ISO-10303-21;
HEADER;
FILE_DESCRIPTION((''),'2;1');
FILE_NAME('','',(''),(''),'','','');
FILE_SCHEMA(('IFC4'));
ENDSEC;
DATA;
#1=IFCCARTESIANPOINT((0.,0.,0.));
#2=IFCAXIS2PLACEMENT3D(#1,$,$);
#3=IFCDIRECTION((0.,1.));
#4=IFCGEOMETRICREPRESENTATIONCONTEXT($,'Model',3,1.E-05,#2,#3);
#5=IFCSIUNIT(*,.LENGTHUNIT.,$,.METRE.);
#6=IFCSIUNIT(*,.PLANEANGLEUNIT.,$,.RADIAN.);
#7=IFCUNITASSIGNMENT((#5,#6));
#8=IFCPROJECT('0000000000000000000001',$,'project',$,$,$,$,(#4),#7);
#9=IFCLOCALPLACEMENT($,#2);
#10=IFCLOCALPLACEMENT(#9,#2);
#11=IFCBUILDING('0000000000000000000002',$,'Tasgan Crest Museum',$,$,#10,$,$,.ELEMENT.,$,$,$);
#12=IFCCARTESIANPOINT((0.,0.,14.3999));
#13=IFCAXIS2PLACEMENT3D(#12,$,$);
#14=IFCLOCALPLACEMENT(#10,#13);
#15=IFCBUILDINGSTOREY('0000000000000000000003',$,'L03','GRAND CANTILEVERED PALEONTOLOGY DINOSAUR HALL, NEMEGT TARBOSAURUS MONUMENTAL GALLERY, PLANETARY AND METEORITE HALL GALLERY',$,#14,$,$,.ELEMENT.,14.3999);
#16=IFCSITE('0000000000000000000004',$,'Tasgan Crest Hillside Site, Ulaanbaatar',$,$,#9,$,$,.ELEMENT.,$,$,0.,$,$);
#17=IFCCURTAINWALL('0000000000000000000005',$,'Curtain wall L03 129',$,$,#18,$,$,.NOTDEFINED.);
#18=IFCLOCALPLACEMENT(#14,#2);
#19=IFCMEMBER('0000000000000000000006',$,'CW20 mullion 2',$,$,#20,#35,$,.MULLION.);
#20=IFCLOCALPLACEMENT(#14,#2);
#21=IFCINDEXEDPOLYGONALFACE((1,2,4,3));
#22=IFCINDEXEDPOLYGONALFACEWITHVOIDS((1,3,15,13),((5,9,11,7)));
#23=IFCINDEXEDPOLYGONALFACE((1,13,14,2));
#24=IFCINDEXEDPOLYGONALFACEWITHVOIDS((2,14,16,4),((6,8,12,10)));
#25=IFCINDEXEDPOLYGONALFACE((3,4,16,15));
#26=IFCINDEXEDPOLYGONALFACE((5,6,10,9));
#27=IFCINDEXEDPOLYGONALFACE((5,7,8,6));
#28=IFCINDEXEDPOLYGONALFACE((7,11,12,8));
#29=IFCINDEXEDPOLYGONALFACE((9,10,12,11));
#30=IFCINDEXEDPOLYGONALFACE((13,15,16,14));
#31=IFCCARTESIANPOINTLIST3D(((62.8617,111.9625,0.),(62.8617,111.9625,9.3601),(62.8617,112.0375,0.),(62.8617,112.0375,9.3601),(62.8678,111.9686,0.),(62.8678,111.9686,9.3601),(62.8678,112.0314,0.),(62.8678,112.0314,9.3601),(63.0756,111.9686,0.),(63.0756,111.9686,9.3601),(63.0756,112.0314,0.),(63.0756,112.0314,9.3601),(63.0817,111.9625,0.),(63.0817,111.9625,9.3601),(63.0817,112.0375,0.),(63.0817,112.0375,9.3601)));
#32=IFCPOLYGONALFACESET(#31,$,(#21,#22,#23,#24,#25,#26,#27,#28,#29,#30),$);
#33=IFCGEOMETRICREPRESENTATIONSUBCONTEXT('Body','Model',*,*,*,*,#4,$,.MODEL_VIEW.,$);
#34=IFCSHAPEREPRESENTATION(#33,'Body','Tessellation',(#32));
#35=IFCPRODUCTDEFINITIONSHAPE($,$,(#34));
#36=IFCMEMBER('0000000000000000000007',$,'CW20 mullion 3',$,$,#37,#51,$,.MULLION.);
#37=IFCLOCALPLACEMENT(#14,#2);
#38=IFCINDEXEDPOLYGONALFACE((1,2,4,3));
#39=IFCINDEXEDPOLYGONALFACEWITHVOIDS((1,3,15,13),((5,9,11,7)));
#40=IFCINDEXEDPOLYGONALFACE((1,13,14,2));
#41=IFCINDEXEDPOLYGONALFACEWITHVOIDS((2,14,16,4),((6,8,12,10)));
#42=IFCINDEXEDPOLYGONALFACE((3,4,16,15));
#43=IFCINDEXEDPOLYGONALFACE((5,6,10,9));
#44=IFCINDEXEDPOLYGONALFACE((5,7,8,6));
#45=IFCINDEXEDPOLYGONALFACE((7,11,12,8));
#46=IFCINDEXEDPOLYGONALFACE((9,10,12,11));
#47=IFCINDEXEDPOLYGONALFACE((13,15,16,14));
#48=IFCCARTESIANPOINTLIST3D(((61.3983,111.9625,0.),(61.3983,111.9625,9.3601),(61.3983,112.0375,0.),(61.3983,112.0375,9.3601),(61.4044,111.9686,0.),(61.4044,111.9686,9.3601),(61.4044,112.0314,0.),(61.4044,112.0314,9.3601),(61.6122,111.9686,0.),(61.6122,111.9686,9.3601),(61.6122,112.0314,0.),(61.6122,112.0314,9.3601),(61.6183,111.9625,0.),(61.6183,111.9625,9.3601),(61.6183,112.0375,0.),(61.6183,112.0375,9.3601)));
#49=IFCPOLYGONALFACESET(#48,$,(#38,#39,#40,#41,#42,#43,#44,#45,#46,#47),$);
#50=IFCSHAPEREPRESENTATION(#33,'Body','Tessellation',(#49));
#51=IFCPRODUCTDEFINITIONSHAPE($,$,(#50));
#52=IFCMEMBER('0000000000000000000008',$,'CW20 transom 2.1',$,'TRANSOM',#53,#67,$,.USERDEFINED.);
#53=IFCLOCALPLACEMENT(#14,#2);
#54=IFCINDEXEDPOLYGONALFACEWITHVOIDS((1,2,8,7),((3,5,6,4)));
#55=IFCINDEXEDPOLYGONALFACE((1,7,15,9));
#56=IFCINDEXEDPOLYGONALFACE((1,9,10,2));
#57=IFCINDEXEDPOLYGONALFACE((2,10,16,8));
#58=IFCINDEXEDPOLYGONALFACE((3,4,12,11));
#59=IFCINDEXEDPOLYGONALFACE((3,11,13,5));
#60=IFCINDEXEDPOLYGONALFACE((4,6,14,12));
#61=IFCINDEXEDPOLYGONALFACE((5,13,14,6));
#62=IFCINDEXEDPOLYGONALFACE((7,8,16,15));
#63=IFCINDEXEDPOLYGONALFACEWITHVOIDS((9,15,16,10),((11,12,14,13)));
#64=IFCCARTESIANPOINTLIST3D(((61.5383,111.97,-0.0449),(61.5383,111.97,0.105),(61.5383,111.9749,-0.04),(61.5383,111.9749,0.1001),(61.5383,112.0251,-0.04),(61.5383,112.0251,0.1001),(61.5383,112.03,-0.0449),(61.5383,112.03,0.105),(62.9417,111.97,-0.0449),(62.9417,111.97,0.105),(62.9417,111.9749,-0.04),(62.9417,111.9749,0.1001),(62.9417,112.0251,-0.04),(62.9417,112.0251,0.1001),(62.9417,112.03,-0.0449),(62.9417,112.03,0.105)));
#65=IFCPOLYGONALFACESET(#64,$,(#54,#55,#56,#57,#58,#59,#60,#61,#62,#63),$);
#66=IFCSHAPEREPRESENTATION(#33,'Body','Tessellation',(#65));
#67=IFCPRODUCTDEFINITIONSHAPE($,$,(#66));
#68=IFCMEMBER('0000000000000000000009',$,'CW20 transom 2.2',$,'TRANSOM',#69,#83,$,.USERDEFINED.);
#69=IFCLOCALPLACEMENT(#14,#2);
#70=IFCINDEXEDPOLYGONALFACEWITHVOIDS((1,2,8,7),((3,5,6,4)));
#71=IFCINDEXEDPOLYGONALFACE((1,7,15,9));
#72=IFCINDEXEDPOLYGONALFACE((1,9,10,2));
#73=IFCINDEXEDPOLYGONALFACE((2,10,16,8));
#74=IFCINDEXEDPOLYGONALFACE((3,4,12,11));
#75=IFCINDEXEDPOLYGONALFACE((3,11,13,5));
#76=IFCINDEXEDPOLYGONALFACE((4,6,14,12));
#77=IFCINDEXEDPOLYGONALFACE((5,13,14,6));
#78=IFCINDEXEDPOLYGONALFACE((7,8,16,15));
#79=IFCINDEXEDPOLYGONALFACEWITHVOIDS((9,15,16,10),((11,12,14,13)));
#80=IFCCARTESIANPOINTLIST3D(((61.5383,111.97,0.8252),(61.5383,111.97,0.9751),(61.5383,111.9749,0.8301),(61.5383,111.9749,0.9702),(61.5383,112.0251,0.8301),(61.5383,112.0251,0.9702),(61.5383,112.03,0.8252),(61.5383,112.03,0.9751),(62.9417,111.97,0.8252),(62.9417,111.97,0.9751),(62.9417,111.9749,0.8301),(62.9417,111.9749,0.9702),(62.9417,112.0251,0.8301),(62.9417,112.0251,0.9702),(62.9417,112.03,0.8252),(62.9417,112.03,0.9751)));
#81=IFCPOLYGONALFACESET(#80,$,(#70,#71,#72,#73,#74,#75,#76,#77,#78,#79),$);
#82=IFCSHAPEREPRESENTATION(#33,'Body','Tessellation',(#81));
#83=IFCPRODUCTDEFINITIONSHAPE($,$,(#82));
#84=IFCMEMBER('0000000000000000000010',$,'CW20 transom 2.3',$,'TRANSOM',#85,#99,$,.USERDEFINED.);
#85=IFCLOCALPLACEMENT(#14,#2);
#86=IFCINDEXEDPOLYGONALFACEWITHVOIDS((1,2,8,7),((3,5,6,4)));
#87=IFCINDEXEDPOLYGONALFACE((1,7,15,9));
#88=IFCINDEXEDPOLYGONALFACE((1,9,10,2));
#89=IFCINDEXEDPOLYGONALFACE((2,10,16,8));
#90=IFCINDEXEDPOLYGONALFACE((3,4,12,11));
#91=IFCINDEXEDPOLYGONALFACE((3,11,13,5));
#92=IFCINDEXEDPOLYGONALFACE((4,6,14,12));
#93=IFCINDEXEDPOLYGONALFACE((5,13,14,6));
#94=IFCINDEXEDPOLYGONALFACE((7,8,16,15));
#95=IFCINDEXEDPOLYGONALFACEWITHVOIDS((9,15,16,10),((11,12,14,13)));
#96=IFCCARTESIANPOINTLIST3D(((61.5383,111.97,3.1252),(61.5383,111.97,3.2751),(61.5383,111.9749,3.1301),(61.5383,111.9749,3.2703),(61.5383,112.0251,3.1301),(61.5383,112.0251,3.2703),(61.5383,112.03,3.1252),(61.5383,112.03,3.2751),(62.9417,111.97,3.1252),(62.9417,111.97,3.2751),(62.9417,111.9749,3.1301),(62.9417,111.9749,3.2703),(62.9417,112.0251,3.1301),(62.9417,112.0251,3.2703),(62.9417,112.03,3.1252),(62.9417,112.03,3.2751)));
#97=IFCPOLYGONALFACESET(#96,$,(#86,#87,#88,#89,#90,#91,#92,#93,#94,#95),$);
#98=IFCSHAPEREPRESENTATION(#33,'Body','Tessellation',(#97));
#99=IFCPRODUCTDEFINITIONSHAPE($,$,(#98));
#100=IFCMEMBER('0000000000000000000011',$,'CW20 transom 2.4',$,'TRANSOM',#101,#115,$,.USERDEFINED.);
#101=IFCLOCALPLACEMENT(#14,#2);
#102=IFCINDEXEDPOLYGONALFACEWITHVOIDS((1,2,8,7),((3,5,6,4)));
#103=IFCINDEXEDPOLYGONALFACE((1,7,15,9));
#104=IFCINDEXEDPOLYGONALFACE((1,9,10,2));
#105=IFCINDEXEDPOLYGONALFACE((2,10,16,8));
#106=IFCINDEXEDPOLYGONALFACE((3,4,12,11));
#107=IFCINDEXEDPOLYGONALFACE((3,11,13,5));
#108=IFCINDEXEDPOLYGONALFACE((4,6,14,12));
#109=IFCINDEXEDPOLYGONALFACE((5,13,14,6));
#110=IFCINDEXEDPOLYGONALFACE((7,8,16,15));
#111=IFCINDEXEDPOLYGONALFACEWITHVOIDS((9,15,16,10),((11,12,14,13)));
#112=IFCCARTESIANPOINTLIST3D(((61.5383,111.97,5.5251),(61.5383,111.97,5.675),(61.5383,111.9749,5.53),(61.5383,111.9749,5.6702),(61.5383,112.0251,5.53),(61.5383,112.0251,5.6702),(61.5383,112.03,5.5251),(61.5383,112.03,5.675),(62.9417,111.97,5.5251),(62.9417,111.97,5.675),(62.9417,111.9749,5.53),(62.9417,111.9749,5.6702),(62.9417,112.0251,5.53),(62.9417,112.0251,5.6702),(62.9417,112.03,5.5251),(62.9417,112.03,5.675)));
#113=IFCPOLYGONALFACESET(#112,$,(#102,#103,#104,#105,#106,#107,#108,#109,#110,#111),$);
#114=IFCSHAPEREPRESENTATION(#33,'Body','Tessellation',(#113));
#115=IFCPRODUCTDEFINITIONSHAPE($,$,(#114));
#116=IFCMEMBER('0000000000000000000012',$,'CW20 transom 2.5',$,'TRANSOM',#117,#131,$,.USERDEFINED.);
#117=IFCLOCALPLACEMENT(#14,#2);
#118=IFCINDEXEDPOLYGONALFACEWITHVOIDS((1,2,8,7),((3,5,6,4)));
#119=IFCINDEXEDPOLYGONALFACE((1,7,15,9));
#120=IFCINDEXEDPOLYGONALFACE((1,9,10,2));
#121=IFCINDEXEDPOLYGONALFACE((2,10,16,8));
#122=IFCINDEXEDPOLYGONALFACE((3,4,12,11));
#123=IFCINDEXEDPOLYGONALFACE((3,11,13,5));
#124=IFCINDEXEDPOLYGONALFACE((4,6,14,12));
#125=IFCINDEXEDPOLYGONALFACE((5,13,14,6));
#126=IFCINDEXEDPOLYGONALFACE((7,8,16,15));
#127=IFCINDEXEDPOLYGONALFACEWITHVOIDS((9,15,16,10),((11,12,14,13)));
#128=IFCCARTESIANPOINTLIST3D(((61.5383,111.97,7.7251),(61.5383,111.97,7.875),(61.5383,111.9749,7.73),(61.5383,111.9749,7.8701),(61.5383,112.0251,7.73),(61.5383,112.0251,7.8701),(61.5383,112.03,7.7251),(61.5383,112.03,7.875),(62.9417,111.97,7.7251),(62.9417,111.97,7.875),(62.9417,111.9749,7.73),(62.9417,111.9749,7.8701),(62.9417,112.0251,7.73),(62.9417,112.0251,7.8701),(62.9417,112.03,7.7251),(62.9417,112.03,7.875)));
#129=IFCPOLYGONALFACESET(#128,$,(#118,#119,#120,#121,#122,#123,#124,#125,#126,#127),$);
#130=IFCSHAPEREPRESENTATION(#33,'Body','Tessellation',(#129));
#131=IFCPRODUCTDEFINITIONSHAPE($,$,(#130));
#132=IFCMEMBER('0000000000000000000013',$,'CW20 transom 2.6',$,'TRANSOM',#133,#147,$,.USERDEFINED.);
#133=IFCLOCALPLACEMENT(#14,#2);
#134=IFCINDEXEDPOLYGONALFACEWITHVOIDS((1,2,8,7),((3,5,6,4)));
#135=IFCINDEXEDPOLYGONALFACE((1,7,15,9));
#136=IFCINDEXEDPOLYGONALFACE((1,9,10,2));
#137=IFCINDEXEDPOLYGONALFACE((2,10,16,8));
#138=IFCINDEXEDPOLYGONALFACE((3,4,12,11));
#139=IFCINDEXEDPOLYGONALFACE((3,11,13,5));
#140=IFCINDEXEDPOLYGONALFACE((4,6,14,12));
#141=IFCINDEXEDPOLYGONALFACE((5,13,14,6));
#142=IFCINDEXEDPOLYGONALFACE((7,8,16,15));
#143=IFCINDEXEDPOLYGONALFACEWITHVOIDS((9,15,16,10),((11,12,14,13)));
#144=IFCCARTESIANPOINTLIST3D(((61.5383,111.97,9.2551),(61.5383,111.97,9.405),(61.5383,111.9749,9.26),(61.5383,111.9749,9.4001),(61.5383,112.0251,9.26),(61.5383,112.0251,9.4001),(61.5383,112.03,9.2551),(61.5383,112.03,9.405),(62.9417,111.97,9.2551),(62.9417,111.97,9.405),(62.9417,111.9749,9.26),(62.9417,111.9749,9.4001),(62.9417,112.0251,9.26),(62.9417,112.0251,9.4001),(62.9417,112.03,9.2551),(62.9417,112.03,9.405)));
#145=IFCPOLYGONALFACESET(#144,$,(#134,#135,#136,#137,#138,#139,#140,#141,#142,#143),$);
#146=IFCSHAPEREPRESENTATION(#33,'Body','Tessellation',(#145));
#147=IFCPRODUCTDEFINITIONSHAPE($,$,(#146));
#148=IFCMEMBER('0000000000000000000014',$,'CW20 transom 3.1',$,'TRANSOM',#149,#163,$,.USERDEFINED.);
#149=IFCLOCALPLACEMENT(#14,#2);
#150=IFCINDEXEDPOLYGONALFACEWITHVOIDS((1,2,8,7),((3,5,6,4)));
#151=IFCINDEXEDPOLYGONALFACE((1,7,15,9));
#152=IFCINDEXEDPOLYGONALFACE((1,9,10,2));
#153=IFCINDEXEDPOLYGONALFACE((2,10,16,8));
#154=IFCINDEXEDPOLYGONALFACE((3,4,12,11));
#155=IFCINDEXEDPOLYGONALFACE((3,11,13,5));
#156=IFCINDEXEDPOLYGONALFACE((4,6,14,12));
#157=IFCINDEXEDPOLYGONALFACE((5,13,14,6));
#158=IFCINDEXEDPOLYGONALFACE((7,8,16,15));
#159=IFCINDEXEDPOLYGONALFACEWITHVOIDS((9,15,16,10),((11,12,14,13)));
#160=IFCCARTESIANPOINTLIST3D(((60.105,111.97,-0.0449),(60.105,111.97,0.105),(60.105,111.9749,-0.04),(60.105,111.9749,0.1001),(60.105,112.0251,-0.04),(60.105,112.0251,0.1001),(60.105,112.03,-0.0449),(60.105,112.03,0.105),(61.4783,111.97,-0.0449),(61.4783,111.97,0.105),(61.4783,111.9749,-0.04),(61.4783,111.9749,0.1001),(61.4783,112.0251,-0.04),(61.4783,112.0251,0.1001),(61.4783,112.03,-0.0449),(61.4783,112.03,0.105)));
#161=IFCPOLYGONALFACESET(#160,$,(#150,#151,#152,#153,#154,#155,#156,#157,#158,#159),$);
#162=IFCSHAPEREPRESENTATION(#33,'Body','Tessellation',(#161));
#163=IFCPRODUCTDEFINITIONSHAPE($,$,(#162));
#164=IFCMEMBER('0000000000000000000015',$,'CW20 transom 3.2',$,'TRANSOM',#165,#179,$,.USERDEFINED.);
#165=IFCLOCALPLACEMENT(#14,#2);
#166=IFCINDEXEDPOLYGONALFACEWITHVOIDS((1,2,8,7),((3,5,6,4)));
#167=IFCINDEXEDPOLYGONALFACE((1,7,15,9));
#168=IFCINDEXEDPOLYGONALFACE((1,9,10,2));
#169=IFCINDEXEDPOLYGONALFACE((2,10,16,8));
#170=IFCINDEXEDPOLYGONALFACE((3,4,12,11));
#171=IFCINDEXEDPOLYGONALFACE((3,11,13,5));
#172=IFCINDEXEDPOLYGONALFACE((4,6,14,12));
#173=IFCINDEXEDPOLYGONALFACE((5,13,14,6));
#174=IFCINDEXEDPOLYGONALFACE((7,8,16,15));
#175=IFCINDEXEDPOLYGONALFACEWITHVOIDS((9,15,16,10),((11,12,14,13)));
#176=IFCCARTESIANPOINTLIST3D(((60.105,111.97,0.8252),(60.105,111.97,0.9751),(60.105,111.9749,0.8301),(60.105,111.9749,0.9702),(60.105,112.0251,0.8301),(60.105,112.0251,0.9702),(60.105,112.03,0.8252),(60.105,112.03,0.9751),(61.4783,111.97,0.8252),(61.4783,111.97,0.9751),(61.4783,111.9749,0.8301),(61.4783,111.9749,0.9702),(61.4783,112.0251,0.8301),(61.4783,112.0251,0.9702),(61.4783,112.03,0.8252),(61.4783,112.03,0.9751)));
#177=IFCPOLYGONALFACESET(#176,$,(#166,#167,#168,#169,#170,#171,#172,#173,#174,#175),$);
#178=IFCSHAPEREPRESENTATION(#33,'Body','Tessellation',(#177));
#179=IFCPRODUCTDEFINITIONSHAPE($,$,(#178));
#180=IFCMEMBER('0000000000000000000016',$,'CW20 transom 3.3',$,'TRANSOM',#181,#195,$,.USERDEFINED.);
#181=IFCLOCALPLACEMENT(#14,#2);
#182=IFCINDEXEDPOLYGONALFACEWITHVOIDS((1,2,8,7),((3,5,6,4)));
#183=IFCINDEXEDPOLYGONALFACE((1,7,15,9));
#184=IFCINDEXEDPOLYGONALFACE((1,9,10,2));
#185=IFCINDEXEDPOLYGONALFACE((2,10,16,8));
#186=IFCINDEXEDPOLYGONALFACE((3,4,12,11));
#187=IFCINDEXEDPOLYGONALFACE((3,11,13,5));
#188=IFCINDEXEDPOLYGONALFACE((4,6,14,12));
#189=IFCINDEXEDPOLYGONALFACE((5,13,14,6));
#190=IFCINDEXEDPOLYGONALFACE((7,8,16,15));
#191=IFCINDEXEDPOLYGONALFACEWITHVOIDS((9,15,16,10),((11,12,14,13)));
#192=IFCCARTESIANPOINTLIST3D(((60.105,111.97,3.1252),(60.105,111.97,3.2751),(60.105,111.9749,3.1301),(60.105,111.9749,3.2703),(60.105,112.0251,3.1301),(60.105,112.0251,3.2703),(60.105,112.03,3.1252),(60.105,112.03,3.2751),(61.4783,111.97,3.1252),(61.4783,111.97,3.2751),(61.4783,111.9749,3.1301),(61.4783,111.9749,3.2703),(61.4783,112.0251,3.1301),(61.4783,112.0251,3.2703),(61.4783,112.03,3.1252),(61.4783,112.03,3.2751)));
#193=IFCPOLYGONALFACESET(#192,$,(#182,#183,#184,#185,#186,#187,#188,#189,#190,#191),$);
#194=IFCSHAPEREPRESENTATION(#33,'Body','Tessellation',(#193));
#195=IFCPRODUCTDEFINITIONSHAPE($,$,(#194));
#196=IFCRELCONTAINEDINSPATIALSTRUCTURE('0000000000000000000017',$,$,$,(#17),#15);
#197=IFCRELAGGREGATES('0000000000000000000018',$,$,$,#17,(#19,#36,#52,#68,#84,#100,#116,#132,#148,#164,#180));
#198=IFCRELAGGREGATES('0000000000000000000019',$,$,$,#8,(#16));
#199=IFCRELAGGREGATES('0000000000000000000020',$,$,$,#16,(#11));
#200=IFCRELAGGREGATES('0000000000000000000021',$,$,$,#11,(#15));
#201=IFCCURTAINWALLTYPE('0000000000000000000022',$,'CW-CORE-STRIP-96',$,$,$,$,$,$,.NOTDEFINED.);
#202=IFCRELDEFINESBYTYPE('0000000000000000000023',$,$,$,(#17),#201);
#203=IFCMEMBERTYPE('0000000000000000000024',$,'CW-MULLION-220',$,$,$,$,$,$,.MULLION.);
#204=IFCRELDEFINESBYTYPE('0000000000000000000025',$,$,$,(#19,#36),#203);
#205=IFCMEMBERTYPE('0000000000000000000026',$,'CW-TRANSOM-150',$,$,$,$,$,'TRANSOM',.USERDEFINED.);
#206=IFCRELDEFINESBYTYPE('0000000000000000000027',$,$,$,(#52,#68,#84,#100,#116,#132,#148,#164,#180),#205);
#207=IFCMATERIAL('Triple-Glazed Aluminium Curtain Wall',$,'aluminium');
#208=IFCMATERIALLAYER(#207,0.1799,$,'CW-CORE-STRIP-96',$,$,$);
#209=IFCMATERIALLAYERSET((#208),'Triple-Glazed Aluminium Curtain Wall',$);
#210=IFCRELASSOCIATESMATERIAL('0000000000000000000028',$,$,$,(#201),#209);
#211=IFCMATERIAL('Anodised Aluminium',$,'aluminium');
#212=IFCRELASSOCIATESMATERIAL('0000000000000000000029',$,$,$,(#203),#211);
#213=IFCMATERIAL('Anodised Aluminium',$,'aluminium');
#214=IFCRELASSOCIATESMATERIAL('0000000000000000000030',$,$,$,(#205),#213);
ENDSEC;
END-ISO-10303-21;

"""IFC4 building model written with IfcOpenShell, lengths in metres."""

from ifc_helpers import new_model, si_unit, direction, frame, origin, origin_2d, place, context, subcontext, project, spatial, hollow_rectangle, extrude, material, layer, layer_set, material_profile, profile_set, type_object, element, aggregate, save


model = new_model("IFC4")

# Units and contexts
model_context = context("Model", 3, precision=1e-05, world=origin(), true_north=direction((0.0, 1.0)))
body_context = subcontext(model_context, "Body", "Model", "MODEL_VIEW")
ifc_project = project(units=[si_unit("LENGTHUNIT", "METRE"), si_unit("PLANEANGLEUNIT", "RADIAN")], contexts=[model_context])

# Site, building, storey
site_placement = place(None, origin())
site = spatial("IfcSite", under=ifc_project, at=site_placement, Name="Tasgan Crest Hillside Site, Ulaanbaatar", CompositionType="ELEMENT", RefElevation=0.0)
building_placement = place(site_placement, origin())
building = spatial("IfcBuilding", under=site, at=building_placement, Name="Tasgan Crest Museum", CompositionType="ELEMENT")
storey_placement = place(building_placement, frame((0.0, 0.0, 14.3999)))
storey = spatial("IfcBuildingStorey", under=building, at=storey_placement, Name="L03", Description="GRAND CANTILEVERED PALEONTOLOGY DINOSAUR HALL, NEMEGT TARBOSAURUS MONUMENTAL GALLERY, PLANETARY AND METEORITE HALL GALLERY", CompositionType="ELEMENT", Elevation=14.3999)

# Curtain wall, members
ifc_material_1 = material(Name="Triple-Glazed Aluminium Curtain Wall", Category="aluminium")
ifc_layer_1 = layer(ifc_material_1, 0.1799, Name="CW-CORE-STRIP-96")
ifc_layer_set_1 = layer_set([ifc_layer_1], Name="Triple-Glazed Aluminium Curtain Wall")
curtain_wall_type = type_object("IfcCurtainWallType", Name="CW-CORE-STRIP-96", PredefinedType="NOTDEFINED", material=ifc_layer_set_1)
curtain_wall_placement = place(storey_placement, origin())
curtain_wall = element("IfcCurtainWall", 1, at=curtain_wall_placement, inside=storey, type_object=curtain_wall_type, Name="Curtain wall L03 129", PredefinedType="NOTDEFINED")
ifc_material_2 = material(Name="Anodised Aluminium", Category="aluminium")
ifc_material_profile_1 = material_profile(ifc_material_2, hollow_rectangle(XDim=0.075, YDim=0.22, WallThickness=0.0061, at=origin_2d()), Name="ALU MULLION 220x75x6")
ifc_profile_set_1 = profile_set([ifc_material_profile_1], Name="Anodised Aluminium")
member_type_1 = type_object("IfcMemberType", Name="CW-MULLION-220", PredefinedType="MULLION", material=ifc_profile_set_1)
member_1_placement = place(storey_placement, frame((62.9717, 112.0, 0.0), z_axis=(0.0, 0.0, 1.0), x_axis=(0.0, -1.0, 0.0)))
member_1 = element("IfcMember", 2, at=member_1_placement, type_object=member_type_1, Name="CW20 mullion 2", PredefinedType="MULLION", context=body_context, shape_type="SweptSolid", body=[
    extrude(hollow_rectangle(XDim=0.075, YDim=0.22, WallThickness=0.0061, at=origin_2d()), origin(), (0.0, 0.0, 1.0), 9.3601),
])
member_2_placement = place(storey_placement, frame((61.5083, 112.0, 0.0), z_axis=(0.0, 0.0, 1.0), x_axis=(0.0, -1.0, 0.0)))
member_2 = element("IfcMember", 3, at=member_2_placement, type_object=member_type_1, Name="CW20 mullion 3", PredefinedType="MULLION", context=body_context, shape_type="SweptSolid", body=[
    extrude(hollow_rectangle(XDim=0.075, YDim=0.22, WallThickness=0.0061, at=origin_2d()), origin(), (0.0, 0.0, 1.0), 9.3601),
])
ifc_material_3 = material(Name="Anodised Aluminium", Category="aluminium")
ifc_material_profile_2 = material_profile(ifc_material_3, hollow_rectangle(XDim=0.0601, YDim=0.1499, WallThickness=0.0049, at=origin_2d()), Name="ALU TRANSOM 150x60x5")
ifc_profile_set_2 = profile_set([ifc_material_profile_2], Name="Anodised Aluminium")
member_type_2 = type_object("IfcMemberType", Name="CW-TRANSOM-150", ElementType="TRANSOM", PredefinedType="USERDEFINED", material=ifc_profile_set_2)
member_3_placement = place(storey_placement, frame((62.9417, 112.0, 0.03), z_axis=(-1.0, 0.0, 0.0), x_axis=(0.0, -1.0, 0.0)))
member_3 = element("IfcMember", 4, at=member_3_placement, type_object=member_type_2, Name="CW20 transom 2.1", ObjectType="TRANSOM", PredefinedType="USERDEFINED", context=body_context, shape_type="SweptSolid", body=[
    extrude(hollow_rectangle(XDim=0.0601, YDim=0.1499, WallThickness=0.0049, at=origin_2d()), origin(), (0.0, 0.0, 1.0), 1.4033),
])
member_4_placement = place(storey_placement, frame((62.9417, 112.0, 0.9001), z_axis=(-1.0, 0.0, 0.0), x_axis=(0.0, -1.0, 0.0)))
member_4 = element("IfcMember", 5, at=member_4_placement, type_object=member_type_2, Name="CW20 transom 2.2", ObjectType="TRANSOM", PredefinedType="USERDEFINED", context=body_context, shape_type="SweptSolid", body=[
    extrude(hollow_rectangle(XDim=0.0601, YDim=0.1499, WallThickness=0.0049, at=origin_2d()), origin(), (0.0, 0.0, 1.0), 1.4033),
])
member_5_placement = place(storey_placement, frame((62.9417, 112.0, 3.2002), z_axis=(-1.0, 0.0, 0.0), x_axis=(0.0, -1.0, 0.0)))
member_5 = element("IfcMember", 6, at=member_5_placement, type_object=member_type_2, Name="CW20 transom 2.3", ObjectType="TRANSOM", PredefinedType="USERDEFINED", context=body_context, shape_type="SweptSolid", body=[
    extrude(hollow_rectangle(XDim=0.0601, YDim=0.1499, WallThickness=0.0049, at=origin_2d()), origin(), (0.0, 0.0, 1.0), 1.4033),
])
member_6_placement = place(storey_placement, frame((62.9417, 112.0, 5.6001), z_axis=(-1.0, 0.0, 0.0), x_axis=(0.0, -1.0, 0.0)))
member_6 = element("IfcMember", 7, at=member_6_placement, type_object=member_type_2, Name="CW20 transom 2.4", ObjectType="TRANSOM", PredefinedType="USERDEFINED", context=body_context, shape_type="SweptSolid", body=[
    extrude(hollow_rectangle(XDim=0.0601, YDim=0.1499, WallThickness=0.0049, at=origin_2d()), origin(), (0.0, 0.0, 1.0), 1.4033),
])
member_7_placement = place(storey_placement, frame((62.9417, 112.0, 7.8), z_axis=(-1.0, 0.0, 0.0), x_axis=(0.0, -1.0, 0.0)))
member_7 = element("IfcMember", 8, at=member_7_placement, type_object=member_type_2, Name="CW20 transom 2.5", ObjectType="TRANSOM", PredefinedType="USERDEFINED", context=body_context, shape_type="SweptSolid", body=[
    extrude(hollow_rectangle(XDim=0.0601, YDim=0.1499, WallThickness=0.0049, at=origin_2d()), origin(), (0.0, 0.0, 1.0), 1.4033),
])
member_8_placement = place(storey_placement, frame((62.9417, 112.0, 9.3301), z_axis=(-1.0, 0.0, 0.0), x_axis=(0.0, -1.0, 0.0)))
member_8 = element("IfcMember", 9, at=member_8_placement, type_object=member_type_2, Name="CW20 transom 2.6", ObjectType="TRANSOM", PredefinedType="USERDEFINED", context=body_context, shape_type="SweptSolid", body=[
    extrude(hollow_rectangle(XDim=0.0601, YDim=0.1499, WallThickness=0.0049, at=origin_2d()), origin(), (0.0, 0.0, 1.0), 1.4033),
])
member_9_placement = place(storey_placement, frame((61.4783, 112.0, 0.03), z_axis=(-1.0, 0.0, 0.0), x_axis=(0.0, -1.0, 0.0)))
member_9 = element("IfcMember", 10, at=member_9_placement, type_object=member_type_2, Name="CW20 transom 3.1", ObjectType="TRANSOM", PredefinedType="USERDEFINED", context=body_context, shape_type="SweptSolid", body=[
    extrude(hollow_rectangle(XDim=0.0601, YDim=0.1499, WallThickness=0.0049, at=origin_2d()), origin(), (0.0, 0.0, 1.0), 1.3733),
])
member_10_placement = place(storey_placement, frame((61.4783, 112.0, 0.9001), z_axis=(-1.0, 0.0, 0.0), x_axis=(0.0, -1.0, 0.0)))
member_10 = element("IfcMember", 11, at=member_10_placement, type_object=member_type_2, Name="CW20 transom 3.2", ObjectType="TRANSOM", PredefinedType="USERDEFINED", context=body_context, shape_type="SweptSolid", body=[
    extrude(hollow_rectangle(XDim=0.0601, YDim=0.1499, WallThickness=0.0049, at=origin_2d()), origin(), (0.0, 0.0, 1.0), 1.3733),
])
member_11_placement = place(storey_placement, frame((61.4783, 112.0, 3.2002), z_axis=(-1.0, 0.0, 0.0), x_axis=(0.0, -1.0, 0.0)))
member_11 = element("IfcMember", 12, at=member_11_placement, type_object=member_type_2, Name="CW20 transom 3.3", ObjectType="TRANSOM", PredefinedType="USERDEFINED", context=body_context, shape_type="SweptSolid", body=[
    extrude(hollow_rectangle(XDim=0.0601, YDim=0.1499, WallThickness=0.0049, at=origin_2d()), origin(), (0.0, 0.0, 1.0), 1.3733),
])
aggregate(curtain_wall, [member_1, member_2, member_3, member_4, member_5, member_6, member_7, member_8, member_9, member_10, member_11])

save(model, "model.ifc")
